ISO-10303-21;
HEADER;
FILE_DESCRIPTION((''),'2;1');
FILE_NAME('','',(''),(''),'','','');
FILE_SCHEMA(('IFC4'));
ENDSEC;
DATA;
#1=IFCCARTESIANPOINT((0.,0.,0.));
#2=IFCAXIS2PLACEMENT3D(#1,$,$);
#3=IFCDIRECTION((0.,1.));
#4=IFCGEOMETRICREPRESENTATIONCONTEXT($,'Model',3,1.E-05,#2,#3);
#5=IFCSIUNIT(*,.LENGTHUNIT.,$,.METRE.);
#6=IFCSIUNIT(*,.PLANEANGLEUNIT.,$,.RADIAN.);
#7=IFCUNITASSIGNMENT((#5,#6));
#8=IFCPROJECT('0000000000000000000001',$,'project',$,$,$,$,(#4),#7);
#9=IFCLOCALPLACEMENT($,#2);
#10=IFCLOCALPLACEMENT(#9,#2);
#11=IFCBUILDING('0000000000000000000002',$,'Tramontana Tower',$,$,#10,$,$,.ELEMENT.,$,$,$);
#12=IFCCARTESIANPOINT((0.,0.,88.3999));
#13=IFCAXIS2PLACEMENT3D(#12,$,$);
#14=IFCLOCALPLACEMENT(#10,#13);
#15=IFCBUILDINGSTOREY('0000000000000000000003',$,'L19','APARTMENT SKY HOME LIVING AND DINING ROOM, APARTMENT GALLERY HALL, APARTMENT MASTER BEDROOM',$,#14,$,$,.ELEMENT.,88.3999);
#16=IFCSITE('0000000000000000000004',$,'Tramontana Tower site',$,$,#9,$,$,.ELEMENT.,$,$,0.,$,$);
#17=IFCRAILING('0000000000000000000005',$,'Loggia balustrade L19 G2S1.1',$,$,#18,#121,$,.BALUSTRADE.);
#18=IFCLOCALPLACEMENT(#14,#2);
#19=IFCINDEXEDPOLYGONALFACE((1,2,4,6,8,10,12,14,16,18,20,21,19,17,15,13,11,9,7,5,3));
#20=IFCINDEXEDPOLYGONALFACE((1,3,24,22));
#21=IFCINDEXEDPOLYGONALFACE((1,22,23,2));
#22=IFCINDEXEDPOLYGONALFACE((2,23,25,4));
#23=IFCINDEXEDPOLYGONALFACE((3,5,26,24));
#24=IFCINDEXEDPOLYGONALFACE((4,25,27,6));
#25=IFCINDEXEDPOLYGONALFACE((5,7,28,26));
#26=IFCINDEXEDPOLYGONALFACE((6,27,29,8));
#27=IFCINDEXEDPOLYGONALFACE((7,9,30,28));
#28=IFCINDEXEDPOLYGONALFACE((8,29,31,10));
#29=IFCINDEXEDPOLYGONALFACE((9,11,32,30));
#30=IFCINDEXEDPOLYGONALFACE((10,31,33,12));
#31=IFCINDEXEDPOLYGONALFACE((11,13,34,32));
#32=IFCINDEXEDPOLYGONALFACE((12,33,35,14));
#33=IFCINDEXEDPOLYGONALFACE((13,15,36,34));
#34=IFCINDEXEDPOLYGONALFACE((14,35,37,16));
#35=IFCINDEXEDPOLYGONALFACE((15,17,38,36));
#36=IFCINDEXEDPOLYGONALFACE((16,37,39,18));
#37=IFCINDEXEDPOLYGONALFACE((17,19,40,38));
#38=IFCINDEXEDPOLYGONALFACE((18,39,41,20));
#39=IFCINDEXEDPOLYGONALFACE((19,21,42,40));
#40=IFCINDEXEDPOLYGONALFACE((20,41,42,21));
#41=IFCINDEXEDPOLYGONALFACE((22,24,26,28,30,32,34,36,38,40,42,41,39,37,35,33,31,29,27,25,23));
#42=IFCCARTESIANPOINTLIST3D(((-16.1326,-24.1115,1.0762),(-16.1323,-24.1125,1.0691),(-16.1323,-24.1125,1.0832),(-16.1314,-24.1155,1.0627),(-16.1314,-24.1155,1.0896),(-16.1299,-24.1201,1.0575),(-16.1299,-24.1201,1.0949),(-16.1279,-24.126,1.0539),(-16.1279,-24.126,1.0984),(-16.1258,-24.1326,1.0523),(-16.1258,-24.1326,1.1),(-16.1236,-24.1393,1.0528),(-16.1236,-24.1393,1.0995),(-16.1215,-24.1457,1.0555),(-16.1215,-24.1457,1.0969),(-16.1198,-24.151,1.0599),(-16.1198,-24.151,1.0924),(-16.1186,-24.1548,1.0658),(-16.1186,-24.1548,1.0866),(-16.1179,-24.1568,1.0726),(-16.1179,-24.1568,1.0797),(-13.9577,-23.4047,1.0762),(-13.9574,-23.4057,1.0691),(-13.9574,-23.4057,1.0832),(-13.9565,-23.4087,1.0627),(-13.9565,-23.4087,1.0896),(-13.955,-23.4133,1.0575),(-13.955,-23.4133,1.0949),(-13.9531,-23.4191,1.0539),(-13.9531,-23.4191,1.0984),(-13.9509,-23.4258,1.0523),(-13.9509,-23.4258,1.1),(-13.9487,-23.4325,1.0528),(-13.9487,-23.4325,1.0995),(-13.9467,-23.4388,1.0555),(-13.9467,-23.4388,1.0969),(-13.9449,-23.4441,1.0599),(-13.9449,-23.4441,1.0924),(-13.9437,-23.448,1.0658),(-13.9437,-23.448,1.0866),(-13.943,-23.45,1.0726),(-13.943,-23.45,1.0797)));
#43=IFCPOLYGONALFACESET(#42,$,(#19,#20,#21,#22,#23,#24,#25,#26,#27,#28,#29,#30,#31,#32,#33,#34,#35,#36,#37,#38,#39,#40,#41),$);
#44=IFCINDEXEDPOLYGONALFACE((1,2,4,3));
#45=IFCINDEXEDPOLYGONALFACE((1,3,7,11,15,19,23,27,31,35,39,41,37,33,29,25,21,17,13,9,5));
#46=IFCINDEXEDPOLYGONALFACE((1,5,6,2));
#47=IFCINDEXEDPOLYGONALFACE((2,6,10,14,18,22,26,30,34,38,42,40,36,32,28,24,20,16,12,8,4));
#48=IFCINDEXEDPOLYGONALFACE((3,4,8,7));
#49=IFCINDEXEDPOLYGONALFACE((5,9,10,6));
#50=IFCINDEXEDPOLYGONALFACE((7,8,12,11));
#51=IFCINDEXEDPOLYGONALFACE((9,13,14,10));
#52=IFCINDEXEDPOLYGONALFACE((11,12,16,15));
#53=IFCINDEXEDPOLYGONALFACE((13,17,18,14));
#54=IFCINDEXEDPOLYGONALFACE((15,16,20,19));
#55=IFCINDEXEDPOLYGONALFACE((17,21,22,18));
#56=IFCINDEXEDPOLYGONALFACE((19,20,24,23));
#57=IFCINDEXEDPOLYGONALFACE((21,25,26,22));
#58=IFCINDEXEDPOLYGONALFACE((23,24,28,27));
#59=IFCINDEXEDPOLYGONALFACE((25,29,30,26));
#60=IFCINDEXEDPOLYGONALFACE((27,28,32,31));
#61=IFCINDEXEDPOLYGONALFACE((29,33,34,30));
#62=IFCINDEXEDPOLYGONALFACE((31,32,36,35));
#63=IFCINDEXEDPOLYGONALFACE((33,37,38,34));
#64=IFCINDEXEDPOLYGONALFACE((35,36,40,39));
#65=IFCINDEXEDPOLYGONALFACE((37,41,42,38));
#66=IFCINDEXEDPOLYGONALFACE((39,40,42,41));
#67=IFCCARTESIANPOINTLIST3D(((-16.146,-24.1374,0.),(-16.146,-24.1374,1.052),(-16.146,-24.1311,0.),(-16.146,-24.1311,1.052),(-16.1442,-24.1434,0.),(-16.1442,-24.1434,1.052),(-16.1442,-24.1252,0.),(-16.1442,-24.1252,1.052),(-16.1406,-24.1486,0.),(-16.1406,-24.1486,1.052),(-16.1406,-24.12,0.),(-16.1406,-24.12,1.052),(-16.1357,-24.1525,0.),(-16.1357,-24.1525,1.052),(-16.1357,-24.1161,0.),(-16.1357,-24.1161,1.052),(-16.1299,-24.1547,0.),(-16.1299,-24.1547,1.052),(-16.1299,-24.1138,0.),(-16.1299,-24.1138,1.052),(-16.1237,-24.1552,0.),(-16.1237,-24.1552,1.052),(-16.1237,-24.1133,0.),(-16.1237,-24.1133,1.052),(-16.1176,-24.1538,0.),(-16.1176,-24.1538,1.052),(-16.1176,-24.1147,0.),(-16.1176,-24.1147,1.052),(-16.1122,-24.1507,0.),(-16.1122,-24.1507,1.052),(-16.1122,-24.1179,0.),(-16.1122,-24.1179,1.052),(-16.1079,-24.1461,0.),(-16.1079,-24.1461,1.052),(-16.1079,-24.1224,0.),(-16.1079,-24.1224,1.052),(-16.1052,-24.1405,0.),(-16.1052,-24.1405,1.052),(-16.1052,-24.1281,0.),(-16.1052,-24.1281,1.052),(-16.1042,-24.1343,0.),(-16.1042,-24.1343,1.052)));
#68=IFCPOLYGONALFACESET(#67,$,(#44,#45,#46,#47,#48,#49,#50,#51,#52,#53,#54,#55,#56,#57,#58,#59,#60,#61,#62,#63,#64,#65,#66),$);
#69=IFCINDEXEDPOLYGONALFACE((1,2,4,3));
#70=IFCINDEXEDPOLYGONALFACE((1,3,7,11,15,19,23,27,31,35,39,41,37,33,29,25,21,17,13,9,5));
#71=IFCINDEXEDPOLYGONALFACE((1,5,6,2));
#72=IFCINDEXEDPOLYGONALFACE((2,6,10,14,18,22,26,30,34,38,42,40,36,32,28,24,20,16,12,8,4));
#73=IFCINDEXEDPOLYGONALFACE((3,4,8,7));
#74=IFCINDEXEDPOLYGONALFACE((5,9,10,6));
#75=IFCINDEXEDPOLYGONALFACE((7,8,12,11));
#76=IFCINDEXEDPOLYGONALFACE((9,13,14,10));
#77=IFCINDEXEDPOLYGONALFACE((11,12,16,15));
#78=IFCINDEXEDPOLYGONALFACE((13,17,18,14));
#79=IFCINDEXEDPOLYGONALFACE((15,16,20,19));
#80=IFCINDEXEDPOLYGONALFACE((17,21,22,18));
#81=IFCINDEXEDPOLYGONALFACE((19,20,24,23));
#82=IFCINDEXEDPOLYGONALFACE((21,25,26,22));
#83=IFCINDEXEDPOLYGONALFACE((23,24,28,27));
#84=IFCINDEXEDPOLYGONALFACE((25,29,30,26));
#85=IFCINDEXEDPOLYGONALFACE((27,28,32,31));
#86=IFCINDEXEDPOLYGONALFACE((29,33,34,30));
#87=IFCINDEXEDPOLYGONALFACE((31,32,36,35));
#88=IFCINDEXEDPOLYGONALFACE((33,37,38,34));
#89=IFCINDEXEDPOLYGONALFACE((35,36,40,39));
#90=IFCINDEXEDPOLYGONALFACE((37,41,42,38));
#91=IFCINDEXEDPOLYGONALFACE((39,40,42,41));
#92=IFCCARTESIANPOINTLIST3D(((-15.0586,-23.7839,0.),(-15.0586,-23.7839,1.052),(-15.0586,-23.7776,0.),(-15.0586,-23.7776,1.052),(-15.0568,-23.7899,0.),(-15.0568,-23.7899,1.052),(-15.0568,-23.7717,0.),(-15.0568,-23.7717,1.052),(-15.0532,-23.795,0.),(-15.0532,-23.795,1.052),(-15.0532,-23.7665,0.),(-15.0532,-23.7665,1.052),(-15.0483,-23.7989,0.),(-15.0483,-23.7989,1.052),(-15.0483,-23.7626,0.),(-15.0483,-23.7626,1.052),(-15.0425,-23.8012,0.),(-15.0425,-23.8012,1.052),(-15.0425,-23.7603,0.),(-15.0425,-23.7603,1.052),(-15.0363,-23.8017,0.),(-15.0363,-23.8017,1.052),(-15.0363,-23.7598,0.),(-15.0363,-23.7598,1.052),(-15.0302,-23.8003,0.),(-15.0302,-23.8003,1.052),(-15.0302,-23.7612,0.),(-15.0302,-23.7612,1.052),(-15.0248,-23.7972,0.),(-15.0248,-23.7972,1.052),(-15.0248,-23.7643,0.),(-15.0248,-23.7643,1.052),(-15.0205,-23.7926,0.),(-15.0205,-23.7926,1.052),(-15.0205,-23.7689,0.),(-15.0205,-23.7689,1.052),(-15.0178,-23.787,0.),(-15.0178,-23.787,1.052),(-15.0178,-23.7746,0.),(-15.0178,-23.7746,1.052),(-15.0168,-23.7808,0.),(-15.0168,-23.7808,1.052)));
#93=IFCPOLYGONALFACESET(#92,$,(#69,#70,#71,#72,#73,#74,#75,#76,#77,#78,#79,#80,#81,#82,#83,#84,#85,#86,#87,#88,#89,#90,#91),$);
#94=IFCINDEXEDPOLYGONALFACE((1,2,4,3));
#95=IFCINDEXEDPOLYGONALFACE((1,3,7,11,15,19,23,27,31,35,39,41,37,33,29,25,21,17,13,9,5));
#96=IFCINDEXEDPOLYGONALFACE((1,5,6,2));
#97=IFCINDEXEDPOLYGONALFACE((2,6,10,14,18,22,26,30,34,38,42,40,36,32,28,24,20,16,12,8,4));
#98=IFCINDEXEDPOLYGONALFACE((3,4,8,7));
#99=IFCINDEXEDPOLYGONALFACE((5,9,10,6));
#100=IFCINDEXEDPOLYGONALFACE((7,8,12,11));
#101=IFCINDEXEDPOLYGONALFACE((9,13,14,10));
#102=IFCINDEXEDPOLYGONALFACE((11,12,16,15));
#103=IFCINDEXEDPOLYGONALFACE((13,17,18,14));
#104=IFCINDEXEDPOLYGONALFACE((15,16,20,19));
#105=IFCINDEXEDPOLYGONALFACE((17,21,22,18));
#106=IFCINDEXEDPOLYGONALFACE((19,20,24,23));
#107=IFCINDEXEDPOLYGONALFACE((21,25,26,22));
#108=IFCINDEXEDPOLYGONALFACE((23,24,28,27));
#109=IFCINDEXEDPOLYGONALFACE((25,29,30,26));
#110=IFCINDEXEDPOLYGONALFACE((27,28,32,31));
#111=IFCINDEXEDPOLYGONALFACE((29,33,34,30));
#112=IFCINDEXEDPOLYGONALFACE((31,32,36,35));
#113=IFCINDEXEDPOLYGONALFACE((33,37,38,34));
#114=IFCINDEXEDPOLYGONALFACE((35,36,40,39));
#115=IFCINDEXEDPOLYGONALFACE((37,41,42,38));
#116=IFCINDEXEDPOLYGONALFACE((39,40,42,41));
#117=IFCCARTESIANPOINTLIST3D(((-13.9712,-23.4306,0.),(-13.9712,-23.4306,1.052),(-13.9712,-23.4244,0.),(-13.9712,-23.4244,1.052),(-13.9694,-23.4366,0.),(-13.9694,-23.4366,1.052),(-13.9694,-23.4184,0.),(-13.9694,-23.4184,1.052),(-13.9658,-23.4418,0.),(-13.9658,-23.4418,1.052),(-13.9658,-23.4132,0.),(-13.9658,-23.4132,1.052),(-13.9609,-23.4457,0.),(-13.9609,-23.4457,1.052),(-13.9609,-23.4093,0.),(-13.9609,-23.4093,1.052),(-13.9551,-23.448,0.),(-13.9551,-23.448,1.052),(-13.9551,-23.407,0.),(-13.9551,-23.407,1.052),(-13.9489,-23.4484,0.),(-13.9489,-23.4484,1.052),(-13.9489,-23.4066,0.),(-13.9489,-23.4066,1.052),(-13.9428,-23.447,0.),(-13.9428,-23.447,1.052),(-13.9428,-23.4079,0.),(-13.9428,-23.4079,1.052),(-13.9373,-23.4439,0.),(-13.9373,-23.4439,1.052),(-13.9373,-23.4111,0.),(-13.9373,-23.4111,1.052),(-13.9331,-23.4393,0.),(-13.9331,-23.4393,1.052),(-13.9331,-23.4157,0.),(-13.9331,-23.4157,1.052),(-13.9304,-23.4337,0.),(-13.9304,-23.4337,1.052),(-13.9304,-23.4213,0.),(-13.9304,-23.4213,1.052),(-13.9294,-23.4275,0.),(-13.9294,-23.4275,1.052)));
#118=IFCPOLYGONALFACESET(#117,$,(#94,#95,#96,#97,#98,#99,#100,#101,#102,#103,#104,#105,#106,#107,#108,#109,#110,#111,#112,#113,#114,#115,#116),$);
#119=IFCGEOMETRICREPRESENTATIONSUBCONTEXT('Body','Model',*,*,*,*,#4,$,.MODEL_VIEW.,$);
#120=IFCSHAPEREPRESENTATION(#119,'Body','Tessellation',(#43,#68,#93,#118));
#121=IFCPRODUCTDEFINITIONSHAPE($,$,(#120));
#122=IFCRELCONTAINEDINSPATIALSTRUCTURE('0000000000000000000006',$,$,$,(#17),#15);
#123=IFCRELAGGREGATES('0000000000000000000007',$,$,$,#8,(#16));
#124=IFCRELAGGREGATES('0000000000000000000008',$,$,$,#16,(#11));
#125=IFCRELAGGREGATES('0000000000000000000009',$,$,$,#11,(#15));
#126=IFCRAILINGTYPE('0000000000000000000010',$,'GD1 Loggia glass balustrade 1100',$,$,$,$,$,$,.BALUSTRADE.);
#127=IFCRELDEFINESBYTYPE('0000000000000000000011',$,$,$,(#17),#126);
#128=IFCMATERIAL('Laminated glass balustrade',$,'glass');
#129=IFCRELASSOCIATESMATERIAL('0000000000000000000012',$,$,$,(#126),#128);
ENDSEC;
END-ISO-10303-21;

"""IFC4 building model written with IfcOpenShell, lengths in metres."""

from ifc_helpers import new_model, si_unit, direction, frame, origin, origin_2d, place, context, subcontext, project, spatial, circle, extrude, material, type_object, element, save


model = new_model("IFC4")

# Units and contexts
model_context = context("Model", 3, precision=1e-05, world=origin(), true_north=direction((0.0, 1.0)))
body_context = subcontext(model_context, "Body", "Model", "MODEL_VIEW")
ifc_project = project(units=[si_unit("LENGTHUNIT", "METRE"), si_unit("PLANEANGLEUNIT", "RADIAN")], contexts=[model_context])

# Site, building, storey
site_placement = place(None, origin())
site = spatial("IfcSite", under=ifc_project, at=site_placement, Name="Tramontana Tower site", CompositionType="ELEMENT", RefElevation=0.0)
building_placement = place(site_placement, origin())
building = spatial("IfcBuilding", under=site, at=building_placement, Name="Tramontana Tower", CompositionType="ELEMENT")
storey_placement = place(building_placement, frame((0.0, 0.0, 88.3999)))
storey = spatial("IfcBuildingStorey", under=building, at=storey_placement, Name="L19", Description="APARTMENT SKY HOME LIVING AND DINING ROOM, APARTMENT GALLERY HALL, APARTMENT MASTER BEDROOM", CompositionType="ELEMENT", Elevation=88.3999)

# Railing
ifc_material_1 = material(Name="Laminated glass balustrade", Category="glass")
railing_type = type_object("IfcRailingType", Name="GD1 Loggia glass balustrade 1100", PredefinedType="BALUSTRADE", material=ifc_material_1)
railing_1_placement = place(storey_placement, frame((-16.1252, -24.1343, 0.0)))
element("IfcRailing", 1, at=railing_1_placement, inside=storey, type_object=railing_type, Name="Loggia balustrade L19 G2S1.1", PredefinedType="BALUSTRADE", context=body_context, shape_type="SweptSolid", body=[
    extrude(circle(Radius=0.0239, at=origin_2d()), frame((0.0, 0.0, 1.0762), z_axis=(0.951037, 0.309076, 0.0), x_axis=(-0.309076, 0.951037, 0.0)), (0.0, 0.0, 1.0), 2.2869),
    extrude(circle(Radius=0.021, at=origin_2d()), origin(), (0.0, 0.0, 1.0), 1.052),
    extrude(circle(Radius=0.021, at=origin_2d()), frame((1.0874, 0.3535, 0.0)), (0.0, 0.0, 1.0), 1.052),
    extrude(circle(Radius=0.021, at=origin_2d()), frame((2.1748, 0.7068, 0.0)), (0.0, 0.0, 1.0), 1.052),
])

save(model, "model.ifc")
